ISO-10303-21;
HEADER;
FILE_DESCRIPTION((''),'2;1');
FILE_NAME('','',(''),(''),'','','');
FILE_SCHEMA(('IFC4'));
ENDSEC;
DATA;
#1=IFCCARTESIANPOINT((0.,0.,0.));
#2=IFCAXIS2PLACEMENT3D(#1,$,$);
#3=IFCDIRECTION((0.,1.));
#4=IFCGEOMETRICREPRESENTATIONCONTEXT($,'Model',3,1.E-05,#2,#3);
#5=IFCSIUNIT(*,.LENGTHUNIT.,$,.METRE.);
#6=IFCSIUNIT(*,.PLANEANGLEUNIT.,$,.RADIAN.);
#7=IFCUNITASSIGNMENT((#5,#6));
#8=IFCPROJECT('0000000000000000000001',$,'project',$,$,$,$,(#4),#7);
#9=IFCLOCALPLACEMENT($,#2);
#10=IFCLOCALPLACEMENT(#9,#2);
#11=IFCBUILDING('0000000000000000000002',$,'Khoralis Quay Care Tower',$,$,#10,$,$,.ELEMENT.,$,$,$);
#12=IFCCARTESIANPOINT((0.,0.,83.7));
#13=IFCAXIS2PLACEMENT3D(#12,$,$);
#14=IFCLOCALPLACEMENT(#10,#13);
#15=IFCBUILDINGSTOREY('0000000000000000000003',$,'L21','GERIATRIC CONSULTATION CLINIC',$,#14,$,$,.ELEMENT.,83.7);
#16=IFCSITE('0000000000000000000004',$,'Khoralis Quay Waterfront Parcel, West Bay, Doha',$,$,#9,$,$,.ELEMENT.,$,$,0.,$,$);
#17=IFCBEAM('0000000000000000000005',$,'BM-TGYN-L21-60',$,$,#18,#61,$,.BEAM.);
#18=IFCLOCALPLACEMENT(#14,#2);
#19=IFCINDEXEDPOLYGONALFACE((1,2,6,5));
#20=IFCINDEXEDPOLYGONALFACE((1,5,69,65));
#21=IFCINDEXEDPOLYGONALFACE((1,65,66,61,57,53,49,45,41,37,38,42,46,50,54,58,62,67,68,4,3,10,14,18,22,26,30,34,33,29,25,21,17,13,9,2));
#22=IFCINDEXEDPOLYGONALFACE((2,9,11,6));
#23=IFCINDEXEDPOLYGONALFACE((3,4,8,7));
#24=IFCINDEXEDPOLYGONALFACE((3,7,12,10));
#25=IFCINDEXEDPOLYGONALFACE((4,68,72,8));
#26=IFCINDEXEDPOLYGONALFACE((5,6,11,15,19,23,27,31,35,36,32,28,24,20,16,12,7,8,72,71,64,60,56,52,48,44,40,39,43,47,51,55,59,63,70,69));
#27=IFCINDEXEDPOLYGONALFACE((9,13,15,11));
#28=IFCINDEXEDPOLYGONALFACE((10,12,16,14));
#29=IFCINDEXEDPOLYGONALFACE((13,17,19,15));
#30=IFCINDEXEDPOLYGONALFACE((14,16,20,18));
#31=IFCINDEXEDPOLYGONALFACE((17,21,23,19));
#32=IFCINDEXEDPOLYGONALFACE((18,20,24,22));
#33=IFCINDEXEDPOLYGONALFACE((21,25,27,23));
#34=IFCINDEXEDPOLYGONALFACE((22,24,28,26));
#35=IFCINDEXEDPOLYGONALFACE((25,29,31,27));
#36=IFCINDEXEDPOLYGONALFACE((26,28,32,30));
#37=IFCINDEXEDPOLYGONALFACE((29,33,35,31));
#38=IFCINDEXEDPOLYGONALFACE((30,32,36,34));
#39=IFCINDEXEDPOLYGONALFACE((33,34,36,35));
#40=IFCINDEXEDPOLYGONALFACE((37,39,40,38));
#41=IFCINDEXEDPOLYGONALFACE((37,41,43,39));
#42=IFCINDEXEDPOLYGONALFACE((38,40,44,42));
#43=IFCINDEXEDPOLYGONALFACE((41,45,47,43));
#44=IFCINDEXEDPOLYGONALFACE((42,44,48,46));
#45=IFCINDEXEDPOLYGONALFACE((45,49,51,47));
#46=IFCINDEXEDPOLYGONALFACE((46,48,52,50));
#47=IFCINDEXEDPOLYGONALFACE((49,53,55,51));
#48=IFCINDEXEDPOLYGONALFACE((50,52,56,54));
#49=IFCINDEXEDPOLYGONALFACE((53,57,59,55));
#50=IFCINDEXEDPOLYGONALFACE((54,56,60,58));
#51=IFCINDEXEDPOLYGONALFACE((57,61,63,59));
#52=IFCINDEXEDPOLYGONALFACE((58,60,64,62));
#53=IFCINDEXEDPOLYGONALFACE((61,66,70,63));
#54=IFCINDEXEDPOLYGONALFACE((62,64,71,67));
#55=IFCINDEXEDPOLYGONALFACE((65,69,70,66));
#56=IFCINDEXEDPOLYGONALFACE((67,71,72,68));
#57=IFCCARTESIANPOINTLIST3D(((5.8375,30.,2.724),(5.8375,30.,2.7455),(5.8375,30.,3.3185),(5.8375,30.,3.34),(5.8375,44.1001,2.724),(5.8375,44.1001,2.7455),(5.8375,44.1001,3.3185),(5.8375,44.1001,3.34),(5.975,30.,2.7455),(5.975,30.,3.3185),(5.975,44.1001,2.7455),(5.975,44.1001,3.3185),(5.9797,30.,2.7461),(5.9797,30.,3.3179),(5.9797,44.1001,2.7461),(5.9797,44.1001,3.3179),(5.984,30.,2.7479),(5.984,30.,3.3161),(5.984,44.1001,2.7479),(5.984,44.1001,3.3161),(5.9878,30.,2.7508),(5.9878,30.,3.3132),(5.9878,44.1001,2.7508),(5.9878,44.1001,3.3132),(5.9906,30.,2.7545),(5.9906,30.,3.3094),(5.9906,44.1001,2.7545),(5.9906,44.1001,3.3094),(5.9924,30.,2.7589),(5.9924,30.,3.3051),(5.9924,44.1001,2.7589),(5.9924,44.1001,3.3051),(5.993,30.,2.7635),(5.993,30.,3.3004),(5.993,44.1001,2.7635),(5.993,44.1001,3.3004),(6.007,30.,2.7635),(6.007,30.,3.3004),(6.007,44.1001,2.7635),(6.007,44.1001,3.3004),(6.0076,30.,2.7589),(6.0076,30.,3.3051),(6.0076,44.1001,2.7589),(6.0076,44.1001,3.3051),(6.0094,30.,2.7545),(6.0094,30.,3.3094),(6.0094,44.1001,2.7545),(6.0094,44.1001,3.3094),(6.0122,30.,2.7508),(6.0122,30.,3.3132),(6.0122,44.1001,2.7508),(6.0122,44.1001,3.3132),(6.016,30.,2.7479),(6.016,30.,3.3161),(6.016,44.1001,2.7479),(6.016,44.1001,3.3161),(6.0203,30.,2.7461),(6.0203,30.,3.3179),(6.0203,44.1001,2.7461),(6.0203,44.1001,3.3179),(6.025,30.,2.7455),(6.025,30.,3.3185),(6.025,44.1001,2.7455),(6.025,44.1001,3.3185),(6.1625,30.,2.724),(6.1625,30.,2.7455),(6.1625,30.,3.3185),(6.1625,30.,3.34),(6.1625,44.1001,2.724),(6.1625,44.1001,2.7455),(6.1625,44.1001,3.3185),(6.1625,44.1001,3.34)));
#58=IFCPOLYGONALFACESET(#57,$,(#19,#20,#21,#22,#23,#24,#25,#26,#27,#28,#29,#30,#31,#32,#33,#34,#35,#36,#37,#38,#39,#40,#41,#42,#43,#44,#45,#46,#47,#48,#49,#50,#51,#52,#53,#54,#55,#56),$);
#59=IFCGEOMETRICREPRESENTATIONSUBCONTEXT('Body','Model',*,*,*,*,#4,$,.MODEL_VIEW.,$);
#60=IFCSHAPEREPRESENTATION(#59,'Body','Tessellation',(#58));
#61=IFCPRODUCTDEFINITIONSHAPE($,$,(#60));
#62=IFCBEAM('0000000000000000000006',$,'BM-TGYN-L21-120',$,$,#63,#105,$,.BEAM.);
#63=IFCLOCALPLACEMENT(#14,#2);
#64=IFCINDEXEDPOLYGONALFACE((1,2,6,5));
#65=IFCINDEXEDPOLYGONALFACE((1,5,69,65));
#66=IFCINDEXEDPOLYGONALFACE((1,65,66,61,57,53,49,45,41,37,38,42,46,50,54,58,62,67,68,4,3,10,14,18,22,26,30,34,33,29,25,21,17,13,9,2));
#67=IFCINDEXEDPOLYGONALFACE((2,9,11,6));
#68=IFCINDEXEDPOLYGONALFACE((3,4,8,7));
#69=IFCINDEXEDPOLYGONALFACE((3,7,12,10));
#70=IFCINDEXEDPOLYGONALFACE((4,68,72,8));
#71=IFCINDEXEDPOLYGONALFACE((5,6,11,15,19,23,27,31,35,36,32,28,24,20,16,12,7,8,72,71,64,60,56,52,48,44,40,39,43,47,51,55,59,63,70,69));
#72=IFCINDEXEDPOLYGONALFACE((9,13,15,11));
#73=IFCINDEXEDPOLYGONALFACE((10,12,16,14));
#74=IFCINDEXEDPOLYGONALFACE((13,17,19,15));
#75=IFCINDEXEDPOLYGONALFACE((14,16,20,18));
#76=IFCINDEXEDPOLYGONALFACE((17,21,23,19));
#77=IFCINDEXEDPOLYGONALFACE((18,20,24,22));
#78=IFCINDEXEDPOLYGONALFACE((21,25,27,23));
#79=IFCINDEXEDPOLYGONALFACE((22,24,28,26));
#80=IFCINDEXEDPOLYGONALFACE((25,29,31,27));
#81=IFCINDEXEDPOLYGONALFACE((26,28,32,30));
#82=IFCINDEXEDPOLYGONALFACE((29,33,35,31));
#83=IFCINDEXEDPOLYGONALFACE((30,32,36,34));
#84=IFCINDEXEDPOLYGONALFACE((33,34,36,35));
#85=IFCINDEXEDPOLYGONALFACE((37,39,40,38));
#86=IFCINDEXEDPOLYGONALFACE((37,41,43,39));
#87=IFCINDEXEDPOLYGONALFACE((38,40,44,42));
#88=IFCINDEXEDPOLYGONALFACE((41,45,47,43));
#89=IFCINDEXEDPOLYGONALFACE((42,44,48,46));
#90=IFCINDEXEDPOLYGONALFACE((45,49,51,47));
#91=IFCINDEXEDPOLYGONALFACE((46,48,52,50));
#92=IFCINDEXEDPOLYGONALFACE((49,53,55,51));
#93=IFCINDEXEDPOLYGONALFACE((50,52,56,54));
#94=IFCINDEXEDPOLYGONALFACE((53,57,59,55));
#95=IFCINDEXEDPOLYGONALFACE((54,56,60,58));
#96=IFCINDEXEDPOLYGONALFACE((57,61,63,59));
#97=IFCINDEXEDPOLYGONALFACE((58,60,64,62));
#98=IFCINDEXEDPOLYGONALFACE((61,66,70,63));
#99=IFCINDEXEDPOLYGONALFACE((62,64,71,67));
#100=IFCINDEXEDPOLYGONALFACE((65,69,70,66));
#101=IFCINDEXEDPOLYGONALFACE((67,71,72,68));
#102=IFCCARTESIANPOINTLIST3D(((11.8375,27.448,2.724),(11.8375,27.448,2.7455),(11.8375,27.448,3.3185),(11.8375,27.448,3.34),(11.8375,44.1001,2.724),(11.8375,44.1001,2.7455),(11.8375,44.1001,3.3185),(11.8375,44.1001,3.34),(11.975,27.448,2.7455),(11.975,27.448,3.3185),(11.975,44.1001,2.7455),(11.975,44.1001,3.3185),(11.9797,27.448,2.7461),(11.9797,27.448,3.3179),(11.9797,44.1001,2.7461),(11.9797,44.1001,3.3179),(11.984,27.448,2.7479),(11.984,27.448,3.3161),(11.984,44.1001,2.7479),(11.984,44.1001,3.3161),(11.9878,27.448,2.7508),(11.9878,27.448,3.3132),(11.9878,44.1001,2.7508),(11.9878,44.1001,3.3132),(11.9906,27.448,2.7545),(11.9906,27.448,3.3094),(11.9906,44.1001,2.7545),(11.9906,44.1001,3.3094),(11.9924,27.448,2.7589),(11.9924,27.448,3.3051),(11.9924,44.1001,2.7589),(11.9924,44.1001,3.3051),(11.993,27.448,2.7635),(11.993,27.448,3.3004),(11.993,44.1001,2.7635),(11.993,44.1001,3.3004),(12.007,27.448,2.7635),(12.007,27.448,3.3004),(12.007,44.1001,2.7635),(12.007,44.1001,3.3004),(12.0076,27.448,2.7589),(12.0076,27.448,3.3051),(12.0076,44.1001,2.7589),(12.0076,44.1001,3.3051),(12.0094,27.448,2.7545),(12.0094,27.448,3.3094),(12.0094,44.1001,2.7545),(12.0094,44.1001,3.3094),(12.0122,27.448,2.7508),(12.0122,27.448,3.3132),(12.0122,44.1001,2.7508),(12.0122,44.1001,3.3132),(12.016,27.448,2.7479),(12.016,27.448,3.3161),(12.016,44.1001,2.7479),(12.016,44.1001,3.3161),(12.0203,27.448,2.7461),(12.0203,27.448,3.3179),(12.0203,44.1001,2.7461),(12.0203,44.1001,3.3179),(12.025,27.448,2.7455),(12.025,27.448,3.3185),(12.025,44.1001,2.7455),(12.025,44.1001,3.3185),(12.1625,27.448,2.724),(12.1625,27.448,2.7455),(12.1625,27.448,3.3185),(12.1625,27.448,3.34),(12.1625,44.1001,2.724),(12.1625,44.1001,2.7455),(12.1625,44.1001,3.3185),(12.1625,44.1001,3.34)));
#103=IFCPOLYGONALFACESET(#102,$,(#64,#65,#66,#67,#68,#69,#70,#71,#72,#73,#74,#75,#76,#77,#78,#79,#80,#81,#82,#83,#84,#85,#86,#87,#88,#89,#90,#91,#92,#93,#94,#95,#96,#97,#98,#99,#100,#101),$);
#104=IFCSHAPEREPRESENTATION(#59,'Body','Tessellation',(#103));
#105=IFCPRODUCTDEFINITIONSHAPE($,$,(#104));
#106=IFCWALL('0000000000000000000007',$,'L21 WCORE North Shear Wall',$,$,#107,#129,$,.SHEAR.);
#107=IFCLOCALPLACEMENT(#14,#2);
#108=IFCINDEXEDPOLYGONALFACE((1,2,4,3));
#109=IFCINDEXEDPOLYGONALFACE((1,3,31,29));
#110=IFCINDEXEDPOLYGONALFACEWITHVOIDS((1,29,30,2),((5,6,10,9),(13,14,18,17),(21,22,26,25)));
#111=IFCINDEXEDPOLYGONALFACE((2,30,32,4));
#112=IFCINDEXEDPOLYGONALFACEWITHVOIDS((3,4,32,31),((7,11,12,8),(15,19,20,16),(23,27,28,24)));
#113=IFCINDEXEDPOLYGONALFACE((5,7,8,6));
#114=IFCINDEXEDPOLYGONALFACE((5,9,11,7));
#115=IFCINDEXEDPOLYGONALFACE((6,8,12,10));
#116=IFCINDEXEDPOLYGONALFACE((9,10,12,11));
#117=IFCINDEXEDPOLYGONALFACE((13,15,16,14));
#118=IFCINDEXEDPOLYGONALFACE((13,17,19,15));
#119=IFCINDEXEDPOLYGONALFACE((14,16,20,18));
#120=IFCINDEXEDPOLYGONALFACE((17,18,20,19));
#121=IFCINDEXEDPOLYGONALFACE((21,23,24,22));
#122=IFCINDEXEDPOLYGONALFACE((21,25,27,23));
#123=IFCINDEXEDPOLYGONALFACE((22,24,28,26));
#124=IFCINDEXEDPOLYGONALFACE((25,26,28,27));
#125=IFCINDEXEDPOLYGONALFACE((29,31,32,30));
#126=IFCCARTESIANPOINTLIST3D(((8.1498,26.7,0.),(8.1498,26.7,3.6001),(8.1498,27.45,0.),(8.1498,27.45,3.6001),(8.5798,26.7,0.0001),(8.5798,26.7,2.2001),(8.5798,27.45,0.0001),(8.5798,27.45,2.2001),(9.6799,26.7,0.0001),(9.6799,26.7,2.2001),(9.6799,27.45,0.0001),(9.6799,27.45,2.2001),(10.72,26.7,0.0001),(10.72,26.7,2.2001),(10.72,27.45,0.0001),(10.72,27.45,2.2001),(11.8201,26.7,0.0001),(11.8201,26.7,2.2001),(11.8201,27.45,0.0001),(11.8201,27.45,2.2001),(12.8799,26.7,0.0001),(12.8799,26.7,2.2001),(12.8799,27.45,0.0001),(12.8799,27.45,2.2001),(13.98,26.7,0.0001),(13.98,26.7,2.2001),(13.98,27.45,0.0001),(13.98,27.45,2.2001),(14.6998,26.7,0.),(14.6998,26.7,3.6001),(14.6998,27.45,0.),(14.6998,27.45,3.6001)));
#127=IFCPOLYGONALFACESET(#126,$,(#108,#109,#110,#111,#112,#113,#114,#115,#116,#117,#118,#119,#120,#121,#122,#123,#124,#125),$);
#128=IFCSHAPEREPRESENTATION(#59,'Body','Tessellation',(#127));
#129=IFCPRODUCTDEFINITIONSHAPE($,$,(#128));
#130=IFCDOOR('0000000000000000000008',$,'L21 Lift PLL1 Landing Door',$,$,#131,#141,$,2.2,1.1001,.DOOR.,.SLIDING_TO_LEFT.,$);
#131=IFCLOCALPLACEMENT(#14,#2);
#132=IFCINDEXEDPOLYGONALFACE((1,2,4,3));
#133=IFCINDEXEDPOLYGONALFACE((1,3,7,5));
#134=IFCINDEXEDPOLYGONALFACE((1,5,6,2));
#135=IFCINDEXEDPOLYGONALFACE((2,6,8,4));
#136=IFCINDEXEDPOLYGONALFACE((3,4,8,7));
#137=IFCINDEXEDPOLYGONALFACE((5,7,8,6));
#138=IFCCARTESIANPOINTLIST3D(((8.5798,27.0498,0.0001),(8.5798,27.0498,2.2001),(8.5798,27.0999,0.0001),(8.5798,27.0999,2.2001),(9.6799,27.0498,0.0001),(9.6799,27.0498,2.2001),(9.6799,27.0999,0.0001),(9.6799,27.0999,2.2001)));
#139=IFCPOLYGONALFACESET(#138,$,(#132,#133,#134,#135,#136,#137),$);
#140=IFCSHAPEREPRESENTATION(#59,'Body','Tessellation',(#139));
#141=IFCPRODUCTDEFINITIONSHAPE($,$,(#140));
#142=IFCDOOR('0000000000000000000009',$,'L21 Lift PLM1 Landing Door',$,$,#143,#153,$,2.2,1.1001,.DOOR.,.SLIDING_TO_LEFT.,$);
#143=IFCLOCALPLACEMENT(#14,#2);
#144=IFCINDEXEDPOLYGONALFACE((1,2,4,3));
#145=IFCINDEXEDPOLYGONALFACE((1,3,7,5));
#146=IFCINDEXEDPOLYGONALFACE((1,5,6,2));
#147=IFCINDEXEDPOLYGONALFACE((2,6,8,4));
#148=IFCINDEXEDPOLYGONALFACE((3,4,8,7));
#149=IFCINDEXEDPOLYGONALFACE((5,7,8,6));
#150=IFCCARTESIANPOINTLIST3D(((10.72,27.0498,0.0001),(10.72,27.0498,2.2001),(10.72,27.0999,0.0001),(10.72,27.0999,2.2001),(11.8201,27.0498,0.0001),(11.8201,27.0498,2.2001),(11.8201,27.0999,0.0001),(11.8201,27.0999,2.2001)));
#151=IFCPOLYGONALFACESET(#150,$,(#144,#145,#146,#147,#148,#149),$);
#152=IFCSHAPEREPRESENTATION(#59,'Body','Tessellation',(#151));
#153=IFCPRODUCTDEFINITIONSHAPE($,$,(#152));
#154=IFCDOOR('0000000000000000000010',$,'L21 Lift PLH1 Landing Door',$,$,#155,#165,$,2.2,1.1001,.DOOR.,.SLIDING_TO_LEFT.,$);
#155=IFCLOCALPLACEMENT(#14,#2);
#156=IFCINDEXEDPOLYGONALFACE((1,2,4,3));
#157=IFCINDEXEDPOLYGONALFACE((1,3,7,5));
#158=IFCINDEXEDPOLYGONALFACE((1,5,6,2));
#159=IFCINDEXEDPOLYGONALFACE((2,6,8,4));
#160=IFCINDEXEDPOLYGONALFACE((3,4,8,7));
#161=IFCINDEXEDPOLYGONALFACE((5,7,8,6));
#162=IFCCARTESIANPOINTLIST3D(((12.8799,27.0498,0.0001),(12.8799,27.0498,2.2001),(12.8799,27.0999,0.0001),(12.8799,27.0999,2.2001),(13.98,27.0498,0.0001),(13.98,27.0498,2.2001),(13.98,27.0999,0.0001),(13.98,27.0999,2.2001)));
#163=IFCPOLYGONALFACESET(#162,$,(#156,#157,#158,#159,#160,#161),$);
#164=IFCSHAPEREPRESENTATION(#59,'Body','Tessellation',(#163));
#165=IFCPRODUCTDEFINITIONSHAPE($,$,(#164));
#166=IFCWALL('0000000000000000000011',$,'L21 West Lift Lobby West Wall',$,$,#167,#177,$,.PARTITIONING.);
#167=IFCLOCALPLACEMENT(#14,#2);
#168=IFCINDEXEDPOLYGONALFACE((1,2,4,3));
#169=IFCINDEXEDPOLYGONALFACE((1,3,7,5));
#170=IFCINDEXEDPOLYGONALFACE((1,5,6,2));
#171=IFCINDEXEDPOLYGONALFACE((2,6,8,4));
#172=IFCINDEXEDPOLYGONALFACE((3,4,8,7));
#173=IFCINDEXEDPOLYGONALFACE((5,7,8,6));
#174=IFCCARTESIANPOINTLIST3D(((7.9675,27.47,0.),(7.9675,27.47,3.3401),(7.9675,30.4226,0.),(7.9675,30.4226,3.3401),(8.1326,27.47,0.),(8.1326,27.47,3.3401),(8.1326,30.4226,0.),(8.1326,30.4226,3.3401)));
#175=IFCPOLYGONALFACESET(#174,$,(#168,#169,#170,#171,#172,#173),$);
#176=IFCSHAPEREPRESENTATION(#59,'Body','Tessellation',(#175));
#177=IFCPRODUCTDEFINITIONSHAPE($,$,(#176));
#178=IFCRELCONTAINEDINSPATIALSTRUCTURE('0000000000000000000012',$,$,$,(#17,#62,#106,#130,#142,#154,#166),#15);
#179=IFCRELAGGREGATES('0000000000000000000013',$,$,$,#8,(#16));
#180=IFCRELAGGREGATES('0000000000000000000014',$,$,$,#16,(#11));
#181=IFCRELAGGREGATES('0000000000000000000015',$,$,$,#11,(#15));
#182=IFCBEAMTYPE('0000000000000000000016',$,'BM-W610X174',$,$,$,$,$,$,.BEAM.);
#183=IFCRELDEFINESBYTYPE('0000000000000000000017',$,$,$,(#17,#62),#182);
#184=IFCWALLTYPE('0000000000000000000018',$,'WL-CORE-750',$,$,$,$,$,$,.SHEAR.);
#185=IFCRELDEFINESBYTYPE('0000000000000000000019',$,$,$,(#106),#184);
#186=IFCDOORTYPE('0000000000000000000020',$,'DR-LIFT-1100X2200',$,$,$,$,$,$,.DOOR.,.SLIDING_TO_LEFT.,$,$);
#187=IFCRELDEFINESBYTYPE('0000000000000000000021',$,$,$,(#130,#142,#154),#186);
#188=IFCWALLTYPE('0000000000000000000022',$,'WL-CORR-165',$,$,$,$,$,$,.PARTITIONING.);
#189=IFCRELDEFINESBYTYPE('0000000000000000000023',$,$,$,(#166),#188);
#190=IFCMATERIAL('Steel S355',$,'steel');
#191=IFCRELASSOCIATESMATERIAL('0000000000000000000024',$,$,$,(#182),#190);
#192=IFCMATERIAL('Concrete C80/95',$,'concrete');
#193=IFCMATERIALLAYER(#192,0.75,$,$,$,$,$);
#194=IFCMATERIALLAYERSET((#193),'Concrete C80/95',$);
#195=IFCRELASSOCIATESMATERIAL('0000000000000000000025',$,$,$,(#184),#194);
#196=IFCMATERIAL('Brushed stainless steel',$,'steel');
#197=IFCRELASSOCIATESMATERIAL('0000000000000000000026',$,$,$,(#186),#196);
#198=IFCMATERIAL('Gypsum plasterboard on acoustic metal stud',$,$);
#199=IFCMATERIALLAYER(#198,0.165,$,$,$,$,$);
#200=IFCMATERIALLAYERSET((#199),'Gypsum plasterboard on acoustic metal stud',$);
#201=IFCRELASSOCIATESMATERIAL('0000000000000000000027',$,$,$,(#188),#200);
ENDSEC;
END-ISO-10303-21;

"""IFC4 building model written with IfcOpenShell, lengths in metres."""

from ifc_helpers import new_model, si_unit, direction, frame, frame_2d, origin, origin_2d, place, context, subcontext, project, spatial, rectangle, i_section, extrude, source, transform, mapped, material, layer, layer_set, material_profile, profile_set, type_object, element, fill, save


model = new_model("IFC4")

# Units and contexts
model_context = context("Model", 3, precision=1e-05, world=origin(), true_north=direction((0.0, 1.0)))
body_context = subcontext(model_context, "Body", "Model", "MODEL_VIEW")
ifc_project = project(units=[si_unit("LENGTHUNIT", "METRE"), si_unit("PLANEANGLEUNIT", "RADIAN")], contexts=[model_context])

# Site, building, storey
site_placement = place(None, origin())
site = spatial("IfcSite", under=ifc_project, at=site_placement, Name="Khoralis Quay Waterfront Parcel, West Bay, Doha", CompositionType="ELEMENT", RefElevation=0.0)
building_placement = place(site_placement, origin())
building = spatial("IfcBuilding", under=site, at=building_placement, Name="Khoralis Quay Care Tower", CompositionType="ELEMENT")
storey_placement = place(building_placement, frame((0.0, 0.0, 83.7)))
storey = spatial("IfcBuildingStorey", under=building, at=storey_placement, Name="L21", Description="GERIATRIC CONSULTATION CLINIC", CompositionType="ELEMENT", Elevation=83.7)

# Beams
ifc_material_1 = material(Name="Concrete C80/95", Category="concrete")
ifc_material_2 = material(Name="Steel S355", Category="steel")
ifc_material_profile_1 = material_profile(ifc_material_2, i_section(OverallWidth=0.325, OverallDepth=0.616, WebThickness=0.0139, FlangeThickness=0.0215, FilletRadius=0.0181, at=origin_2d()), Name="Steel S355")
ifc_profile_set_1 = profile_set([ifc_material_profile_1], Name="Steel S355")
beam_type_1 = type_object("IfcBeamType", Name="BM-W610X174", PredefinedType="BEAM", material=ifc_profile_set_1)
shared_shape_1 = source(origin(), body_context, "Body", "SweptSolid", [
    extrude(i_section(OverallWidth=0.325, OverallDepth=0.616, WebThickness=0.0139, FlangeThickness=0.0215, FilletRadius=0.0181, at=origin_2d()), origin(), (0.0, 0.0, 1.0), 14.1001),
])
beam_1_placement = place(storey_placement, frame((6.0, 30.0, 3.032), z_axis=(0.0, 1.0, 0.0), x_axis=(-1.0, 0.0, 0.0)))
element("IfcBeam", 1, at=beam_1_placement, inside=storey, type_object=beam_type_1, Name="BM-TGYN-L21-60", PredefinedType="BEAM", context=body_context, shape_type="MappedRepresentation", body=[
    mapped(shared_shape_1, transform((0.0, 0.0, 0.0), scale=1.0)),
])
shared_shape_2 = source(origin(), body_context, "Body", "SweptSolid", [
    extrude(i_section(OverallWidth=0.325, OverallDepth=0.616, WebThickness=0.0139, FlangeThickness=0.0215, FilletRadius=0.0181, at=origin_2d()), origin(), (0.0, 0.0, 1.0), 16.6521),
])
beam_2_placement = place(storey_placement, frame((12.0, 27.448, 3.032), z_axis=(0.0, 1.0, 0.0), x_axis=(-1.0, 0.0, 0.0)))
element("IfcBeam", 2, at=beam_2_placement, inside=storey, type_object=beam_type_1, Name="BM-TGYN-L21-120", PredefinedType="BEAM", context=body_context, shape_type="MappedRepresentation", body=[
    mapped(shared_shape_2, transform((0.0, 0.0, 0.0), scale=1.0)),
])

# Wall, openings, doors
ifc_layer_1 = layer(ifc_material_1, 0.75)
ifc_layer_set_1 = layer_set([ifc_layer_1], Name="Concrete C80/95")
wall_type_1 = type_object("IfcWallType", Name="WL-CORE-750", PredefinedType="SHEAR", material=ifc_layer_set_1)
wall_1_placement = place(storey_placement, frame((8.1499, 27.075, 0.0), z_axis=(0.0, 0.0, 1.0), x_axis=(1.0, 0.0, 0.0)))
wall_1 = element("IfcWall", 3, at=wall_1_placement, inside=storey, type_object=wall_type_1, Name="L21 WCORE North Shear Wall", PredefinedType="SHEAR", context=body_context, shape_type="SweptSolid", body=[
    extrude(rectangle(XDim=6.55, YDim=0.75, at=frame_2d((3.2749, 0.0))), origin(), (0.0, 0.0, 1.0), 3.6001),
])
opening_1_placement = place(wall_1_placement, frame((0.4299, 0.0, 0.0)))
opening_1 = element("IfcOpeningElement", 4, at=opening_1_placement, cuts=wall_1, PredefinedType="OPENING", context=body_context, shape_type="SweptSolid", body=[
    extrude(rectangle(XDim=1.1001, YDim=2.2, at=frame_2d((0.55, 1.1001))), frame((0.0, 0.385, 0.0), z_axis=(0.0, -1.0, 0.0), x_axis=(1.0, 0.0, 0.0)), (0.0, 0.0, 1.0), 0.77),
])
opening_2_placement = place(wall_1_placement, frame((2.5701, 0.0, 0.0)))
opening_2 = element("IfcOpeningElement", 5, at=opening_2_placement, cuts=wall_1, PredefinedType="OPENING", context=body_context, shape_type="SweptSolid", body=[
    extrude(rectangle(XDim=1.1001, YDim=2.2, at=frame_2d((0.55, 1.1001))), frame((0.0, 0.385, 0.0), z_axis=(0.0, -1.0, 0.0), x_axis=(1.0, 0.0, 0.0)), (0.0, 0.0, 1.0), 0.77),
])
opening_3_placement = place(wall_1_placement, frame((4.73, 0.0, 0.0)))
opening_3 = element("IfcOpeningElement", 6, at=opening_3_placement, cuts=wall_1, PredefinedType="OPENING", context=body_context, shape_type="SweptSolid", body=[
    extrude(rectangle(XDim=1.1001, YDim=2.2, at=frame_2d((0.55, 1.1001))), frame((0.0, 0.385, 0.0), z_axis=(0.0, -1.0, 0.0), x_axis=(1.0, 0.0, 0.0)), (0.0, 0.0, 1.0), 0.77),
])
ifc_material_3 = material(Name="Brushed stainless steel", Category="steel")
door_type_1 = type_object("IfcDoorType", Name="DR-LIFT-1100X2200", OperationType="SLIDING_TO_LEFT", PredefinedType="DOOR", material=ifc_material_3)
shared_shape_3 = source(origin(), body_context, "Body", "SweptSolid", [
    extrude(rectangle(XDim=1.1001, YDim=2.2, at=frame_2d((0.55, 1.1001))), frame((0.0, 0.0249, 0.0), z_axis=(0.0, -1.0, 0.0), x_axis=(1.0, 0.0, 0.0)), (0.0, 0.0, 1.0), 0.05),
])
door_1_placement = place(opening_1_placement, origin())
door_1 = element("IfcDoor", 7, at=door_1_placement, inside=storey, type_object=door_type_1, Name="L21 Lift PLL1 Landing Door", OperationType="SLIDING_TO_LEFT", OverallHeight=2.2, OverallWidth=1.1001, PredefinedType="DOOR", context=body_context, shape_type="MappedRepresentation", body=[
    mapped(shared_shape_3, transform((0.0, 0.0, 0.0), scale=1.0)),
])
fill(opening_1, door_1)
door_2_placement = place(opening_2_placement, origin())
door_2 = element("IfcDoor", 8, at=door_2_placement, inside=storey, type_object=door_type_1, Name="L21 Lift PLM1 Landing Door", OperationType="SLIDING_TO_LEFT", OverallHeight=2.2, OverallWidth=1.1001, PredefinedType="DOOR", context=body_context, shape_type="MappedRepresentation", body=[
    mapped(shared_shape_3, transform((0.0, 0.0, 0.0), scale=1.0)),
])
fill(opening_2, door_2)
door_3_placement = place(opening_3_placement, origin())
door_3 = element("IfcDoor", 9, at=door_3_placement, inside=storey, type_object=door_type_1, Name="L21 Lift PLH1 Landing Door", OperationType="SLIDING_TO_LEFT", OverallHeight=2.2, OverallWidth=1.1001, PredefinedType="DOOR", context=body_context, shape_type="MappedRepresentation", body=[
    mapped(shared_shape_3, transform((0.0, 0.0, 0.0), scale=1.0)),
])
fill(opening_3, door_3)

# Wall
ifc_material_4 = material(Name="Gypsum plasterboard on acoustic metal stud")
ifc_layer_2 = layer(ifc_material_4, 0.165)
ifc_layer_set_2 = layer_set([ifc_layer_2], Name="Gypsum plasterboard on acoustic metal stud")
wall_type_2 = type_object("IfcWallType", Name="WL-CORR-165", PredefinedType="PARTITIONING", material=ifc_layer_set_2)
for number, where, z_axis, x_axis, name in (
    (10, (8.05, 27.47, 0.0), (0.0, 0.0, 1.0), (0.0, 1.0, 0.0), "L21 West Lift Lobby West Wall"),
):
    element("IfcWall", number, at=place(storey_placement, frame(where, z_axis=z_axis, x_axis=x_axis)), inside=storey, type_object=wall_type_2, Name=name, PredefinedType="PARTITIONING", context=body_context, shape_type="SweptSolid", body=[
        extrude(rectangle(XDim=2.9526, YDim=0.165, at=frame_2d((1.4763, 0.0))), origin(), (0.0, 0.0, 1.0), 3.3401),
    ])

save(model, "model.ifc")
